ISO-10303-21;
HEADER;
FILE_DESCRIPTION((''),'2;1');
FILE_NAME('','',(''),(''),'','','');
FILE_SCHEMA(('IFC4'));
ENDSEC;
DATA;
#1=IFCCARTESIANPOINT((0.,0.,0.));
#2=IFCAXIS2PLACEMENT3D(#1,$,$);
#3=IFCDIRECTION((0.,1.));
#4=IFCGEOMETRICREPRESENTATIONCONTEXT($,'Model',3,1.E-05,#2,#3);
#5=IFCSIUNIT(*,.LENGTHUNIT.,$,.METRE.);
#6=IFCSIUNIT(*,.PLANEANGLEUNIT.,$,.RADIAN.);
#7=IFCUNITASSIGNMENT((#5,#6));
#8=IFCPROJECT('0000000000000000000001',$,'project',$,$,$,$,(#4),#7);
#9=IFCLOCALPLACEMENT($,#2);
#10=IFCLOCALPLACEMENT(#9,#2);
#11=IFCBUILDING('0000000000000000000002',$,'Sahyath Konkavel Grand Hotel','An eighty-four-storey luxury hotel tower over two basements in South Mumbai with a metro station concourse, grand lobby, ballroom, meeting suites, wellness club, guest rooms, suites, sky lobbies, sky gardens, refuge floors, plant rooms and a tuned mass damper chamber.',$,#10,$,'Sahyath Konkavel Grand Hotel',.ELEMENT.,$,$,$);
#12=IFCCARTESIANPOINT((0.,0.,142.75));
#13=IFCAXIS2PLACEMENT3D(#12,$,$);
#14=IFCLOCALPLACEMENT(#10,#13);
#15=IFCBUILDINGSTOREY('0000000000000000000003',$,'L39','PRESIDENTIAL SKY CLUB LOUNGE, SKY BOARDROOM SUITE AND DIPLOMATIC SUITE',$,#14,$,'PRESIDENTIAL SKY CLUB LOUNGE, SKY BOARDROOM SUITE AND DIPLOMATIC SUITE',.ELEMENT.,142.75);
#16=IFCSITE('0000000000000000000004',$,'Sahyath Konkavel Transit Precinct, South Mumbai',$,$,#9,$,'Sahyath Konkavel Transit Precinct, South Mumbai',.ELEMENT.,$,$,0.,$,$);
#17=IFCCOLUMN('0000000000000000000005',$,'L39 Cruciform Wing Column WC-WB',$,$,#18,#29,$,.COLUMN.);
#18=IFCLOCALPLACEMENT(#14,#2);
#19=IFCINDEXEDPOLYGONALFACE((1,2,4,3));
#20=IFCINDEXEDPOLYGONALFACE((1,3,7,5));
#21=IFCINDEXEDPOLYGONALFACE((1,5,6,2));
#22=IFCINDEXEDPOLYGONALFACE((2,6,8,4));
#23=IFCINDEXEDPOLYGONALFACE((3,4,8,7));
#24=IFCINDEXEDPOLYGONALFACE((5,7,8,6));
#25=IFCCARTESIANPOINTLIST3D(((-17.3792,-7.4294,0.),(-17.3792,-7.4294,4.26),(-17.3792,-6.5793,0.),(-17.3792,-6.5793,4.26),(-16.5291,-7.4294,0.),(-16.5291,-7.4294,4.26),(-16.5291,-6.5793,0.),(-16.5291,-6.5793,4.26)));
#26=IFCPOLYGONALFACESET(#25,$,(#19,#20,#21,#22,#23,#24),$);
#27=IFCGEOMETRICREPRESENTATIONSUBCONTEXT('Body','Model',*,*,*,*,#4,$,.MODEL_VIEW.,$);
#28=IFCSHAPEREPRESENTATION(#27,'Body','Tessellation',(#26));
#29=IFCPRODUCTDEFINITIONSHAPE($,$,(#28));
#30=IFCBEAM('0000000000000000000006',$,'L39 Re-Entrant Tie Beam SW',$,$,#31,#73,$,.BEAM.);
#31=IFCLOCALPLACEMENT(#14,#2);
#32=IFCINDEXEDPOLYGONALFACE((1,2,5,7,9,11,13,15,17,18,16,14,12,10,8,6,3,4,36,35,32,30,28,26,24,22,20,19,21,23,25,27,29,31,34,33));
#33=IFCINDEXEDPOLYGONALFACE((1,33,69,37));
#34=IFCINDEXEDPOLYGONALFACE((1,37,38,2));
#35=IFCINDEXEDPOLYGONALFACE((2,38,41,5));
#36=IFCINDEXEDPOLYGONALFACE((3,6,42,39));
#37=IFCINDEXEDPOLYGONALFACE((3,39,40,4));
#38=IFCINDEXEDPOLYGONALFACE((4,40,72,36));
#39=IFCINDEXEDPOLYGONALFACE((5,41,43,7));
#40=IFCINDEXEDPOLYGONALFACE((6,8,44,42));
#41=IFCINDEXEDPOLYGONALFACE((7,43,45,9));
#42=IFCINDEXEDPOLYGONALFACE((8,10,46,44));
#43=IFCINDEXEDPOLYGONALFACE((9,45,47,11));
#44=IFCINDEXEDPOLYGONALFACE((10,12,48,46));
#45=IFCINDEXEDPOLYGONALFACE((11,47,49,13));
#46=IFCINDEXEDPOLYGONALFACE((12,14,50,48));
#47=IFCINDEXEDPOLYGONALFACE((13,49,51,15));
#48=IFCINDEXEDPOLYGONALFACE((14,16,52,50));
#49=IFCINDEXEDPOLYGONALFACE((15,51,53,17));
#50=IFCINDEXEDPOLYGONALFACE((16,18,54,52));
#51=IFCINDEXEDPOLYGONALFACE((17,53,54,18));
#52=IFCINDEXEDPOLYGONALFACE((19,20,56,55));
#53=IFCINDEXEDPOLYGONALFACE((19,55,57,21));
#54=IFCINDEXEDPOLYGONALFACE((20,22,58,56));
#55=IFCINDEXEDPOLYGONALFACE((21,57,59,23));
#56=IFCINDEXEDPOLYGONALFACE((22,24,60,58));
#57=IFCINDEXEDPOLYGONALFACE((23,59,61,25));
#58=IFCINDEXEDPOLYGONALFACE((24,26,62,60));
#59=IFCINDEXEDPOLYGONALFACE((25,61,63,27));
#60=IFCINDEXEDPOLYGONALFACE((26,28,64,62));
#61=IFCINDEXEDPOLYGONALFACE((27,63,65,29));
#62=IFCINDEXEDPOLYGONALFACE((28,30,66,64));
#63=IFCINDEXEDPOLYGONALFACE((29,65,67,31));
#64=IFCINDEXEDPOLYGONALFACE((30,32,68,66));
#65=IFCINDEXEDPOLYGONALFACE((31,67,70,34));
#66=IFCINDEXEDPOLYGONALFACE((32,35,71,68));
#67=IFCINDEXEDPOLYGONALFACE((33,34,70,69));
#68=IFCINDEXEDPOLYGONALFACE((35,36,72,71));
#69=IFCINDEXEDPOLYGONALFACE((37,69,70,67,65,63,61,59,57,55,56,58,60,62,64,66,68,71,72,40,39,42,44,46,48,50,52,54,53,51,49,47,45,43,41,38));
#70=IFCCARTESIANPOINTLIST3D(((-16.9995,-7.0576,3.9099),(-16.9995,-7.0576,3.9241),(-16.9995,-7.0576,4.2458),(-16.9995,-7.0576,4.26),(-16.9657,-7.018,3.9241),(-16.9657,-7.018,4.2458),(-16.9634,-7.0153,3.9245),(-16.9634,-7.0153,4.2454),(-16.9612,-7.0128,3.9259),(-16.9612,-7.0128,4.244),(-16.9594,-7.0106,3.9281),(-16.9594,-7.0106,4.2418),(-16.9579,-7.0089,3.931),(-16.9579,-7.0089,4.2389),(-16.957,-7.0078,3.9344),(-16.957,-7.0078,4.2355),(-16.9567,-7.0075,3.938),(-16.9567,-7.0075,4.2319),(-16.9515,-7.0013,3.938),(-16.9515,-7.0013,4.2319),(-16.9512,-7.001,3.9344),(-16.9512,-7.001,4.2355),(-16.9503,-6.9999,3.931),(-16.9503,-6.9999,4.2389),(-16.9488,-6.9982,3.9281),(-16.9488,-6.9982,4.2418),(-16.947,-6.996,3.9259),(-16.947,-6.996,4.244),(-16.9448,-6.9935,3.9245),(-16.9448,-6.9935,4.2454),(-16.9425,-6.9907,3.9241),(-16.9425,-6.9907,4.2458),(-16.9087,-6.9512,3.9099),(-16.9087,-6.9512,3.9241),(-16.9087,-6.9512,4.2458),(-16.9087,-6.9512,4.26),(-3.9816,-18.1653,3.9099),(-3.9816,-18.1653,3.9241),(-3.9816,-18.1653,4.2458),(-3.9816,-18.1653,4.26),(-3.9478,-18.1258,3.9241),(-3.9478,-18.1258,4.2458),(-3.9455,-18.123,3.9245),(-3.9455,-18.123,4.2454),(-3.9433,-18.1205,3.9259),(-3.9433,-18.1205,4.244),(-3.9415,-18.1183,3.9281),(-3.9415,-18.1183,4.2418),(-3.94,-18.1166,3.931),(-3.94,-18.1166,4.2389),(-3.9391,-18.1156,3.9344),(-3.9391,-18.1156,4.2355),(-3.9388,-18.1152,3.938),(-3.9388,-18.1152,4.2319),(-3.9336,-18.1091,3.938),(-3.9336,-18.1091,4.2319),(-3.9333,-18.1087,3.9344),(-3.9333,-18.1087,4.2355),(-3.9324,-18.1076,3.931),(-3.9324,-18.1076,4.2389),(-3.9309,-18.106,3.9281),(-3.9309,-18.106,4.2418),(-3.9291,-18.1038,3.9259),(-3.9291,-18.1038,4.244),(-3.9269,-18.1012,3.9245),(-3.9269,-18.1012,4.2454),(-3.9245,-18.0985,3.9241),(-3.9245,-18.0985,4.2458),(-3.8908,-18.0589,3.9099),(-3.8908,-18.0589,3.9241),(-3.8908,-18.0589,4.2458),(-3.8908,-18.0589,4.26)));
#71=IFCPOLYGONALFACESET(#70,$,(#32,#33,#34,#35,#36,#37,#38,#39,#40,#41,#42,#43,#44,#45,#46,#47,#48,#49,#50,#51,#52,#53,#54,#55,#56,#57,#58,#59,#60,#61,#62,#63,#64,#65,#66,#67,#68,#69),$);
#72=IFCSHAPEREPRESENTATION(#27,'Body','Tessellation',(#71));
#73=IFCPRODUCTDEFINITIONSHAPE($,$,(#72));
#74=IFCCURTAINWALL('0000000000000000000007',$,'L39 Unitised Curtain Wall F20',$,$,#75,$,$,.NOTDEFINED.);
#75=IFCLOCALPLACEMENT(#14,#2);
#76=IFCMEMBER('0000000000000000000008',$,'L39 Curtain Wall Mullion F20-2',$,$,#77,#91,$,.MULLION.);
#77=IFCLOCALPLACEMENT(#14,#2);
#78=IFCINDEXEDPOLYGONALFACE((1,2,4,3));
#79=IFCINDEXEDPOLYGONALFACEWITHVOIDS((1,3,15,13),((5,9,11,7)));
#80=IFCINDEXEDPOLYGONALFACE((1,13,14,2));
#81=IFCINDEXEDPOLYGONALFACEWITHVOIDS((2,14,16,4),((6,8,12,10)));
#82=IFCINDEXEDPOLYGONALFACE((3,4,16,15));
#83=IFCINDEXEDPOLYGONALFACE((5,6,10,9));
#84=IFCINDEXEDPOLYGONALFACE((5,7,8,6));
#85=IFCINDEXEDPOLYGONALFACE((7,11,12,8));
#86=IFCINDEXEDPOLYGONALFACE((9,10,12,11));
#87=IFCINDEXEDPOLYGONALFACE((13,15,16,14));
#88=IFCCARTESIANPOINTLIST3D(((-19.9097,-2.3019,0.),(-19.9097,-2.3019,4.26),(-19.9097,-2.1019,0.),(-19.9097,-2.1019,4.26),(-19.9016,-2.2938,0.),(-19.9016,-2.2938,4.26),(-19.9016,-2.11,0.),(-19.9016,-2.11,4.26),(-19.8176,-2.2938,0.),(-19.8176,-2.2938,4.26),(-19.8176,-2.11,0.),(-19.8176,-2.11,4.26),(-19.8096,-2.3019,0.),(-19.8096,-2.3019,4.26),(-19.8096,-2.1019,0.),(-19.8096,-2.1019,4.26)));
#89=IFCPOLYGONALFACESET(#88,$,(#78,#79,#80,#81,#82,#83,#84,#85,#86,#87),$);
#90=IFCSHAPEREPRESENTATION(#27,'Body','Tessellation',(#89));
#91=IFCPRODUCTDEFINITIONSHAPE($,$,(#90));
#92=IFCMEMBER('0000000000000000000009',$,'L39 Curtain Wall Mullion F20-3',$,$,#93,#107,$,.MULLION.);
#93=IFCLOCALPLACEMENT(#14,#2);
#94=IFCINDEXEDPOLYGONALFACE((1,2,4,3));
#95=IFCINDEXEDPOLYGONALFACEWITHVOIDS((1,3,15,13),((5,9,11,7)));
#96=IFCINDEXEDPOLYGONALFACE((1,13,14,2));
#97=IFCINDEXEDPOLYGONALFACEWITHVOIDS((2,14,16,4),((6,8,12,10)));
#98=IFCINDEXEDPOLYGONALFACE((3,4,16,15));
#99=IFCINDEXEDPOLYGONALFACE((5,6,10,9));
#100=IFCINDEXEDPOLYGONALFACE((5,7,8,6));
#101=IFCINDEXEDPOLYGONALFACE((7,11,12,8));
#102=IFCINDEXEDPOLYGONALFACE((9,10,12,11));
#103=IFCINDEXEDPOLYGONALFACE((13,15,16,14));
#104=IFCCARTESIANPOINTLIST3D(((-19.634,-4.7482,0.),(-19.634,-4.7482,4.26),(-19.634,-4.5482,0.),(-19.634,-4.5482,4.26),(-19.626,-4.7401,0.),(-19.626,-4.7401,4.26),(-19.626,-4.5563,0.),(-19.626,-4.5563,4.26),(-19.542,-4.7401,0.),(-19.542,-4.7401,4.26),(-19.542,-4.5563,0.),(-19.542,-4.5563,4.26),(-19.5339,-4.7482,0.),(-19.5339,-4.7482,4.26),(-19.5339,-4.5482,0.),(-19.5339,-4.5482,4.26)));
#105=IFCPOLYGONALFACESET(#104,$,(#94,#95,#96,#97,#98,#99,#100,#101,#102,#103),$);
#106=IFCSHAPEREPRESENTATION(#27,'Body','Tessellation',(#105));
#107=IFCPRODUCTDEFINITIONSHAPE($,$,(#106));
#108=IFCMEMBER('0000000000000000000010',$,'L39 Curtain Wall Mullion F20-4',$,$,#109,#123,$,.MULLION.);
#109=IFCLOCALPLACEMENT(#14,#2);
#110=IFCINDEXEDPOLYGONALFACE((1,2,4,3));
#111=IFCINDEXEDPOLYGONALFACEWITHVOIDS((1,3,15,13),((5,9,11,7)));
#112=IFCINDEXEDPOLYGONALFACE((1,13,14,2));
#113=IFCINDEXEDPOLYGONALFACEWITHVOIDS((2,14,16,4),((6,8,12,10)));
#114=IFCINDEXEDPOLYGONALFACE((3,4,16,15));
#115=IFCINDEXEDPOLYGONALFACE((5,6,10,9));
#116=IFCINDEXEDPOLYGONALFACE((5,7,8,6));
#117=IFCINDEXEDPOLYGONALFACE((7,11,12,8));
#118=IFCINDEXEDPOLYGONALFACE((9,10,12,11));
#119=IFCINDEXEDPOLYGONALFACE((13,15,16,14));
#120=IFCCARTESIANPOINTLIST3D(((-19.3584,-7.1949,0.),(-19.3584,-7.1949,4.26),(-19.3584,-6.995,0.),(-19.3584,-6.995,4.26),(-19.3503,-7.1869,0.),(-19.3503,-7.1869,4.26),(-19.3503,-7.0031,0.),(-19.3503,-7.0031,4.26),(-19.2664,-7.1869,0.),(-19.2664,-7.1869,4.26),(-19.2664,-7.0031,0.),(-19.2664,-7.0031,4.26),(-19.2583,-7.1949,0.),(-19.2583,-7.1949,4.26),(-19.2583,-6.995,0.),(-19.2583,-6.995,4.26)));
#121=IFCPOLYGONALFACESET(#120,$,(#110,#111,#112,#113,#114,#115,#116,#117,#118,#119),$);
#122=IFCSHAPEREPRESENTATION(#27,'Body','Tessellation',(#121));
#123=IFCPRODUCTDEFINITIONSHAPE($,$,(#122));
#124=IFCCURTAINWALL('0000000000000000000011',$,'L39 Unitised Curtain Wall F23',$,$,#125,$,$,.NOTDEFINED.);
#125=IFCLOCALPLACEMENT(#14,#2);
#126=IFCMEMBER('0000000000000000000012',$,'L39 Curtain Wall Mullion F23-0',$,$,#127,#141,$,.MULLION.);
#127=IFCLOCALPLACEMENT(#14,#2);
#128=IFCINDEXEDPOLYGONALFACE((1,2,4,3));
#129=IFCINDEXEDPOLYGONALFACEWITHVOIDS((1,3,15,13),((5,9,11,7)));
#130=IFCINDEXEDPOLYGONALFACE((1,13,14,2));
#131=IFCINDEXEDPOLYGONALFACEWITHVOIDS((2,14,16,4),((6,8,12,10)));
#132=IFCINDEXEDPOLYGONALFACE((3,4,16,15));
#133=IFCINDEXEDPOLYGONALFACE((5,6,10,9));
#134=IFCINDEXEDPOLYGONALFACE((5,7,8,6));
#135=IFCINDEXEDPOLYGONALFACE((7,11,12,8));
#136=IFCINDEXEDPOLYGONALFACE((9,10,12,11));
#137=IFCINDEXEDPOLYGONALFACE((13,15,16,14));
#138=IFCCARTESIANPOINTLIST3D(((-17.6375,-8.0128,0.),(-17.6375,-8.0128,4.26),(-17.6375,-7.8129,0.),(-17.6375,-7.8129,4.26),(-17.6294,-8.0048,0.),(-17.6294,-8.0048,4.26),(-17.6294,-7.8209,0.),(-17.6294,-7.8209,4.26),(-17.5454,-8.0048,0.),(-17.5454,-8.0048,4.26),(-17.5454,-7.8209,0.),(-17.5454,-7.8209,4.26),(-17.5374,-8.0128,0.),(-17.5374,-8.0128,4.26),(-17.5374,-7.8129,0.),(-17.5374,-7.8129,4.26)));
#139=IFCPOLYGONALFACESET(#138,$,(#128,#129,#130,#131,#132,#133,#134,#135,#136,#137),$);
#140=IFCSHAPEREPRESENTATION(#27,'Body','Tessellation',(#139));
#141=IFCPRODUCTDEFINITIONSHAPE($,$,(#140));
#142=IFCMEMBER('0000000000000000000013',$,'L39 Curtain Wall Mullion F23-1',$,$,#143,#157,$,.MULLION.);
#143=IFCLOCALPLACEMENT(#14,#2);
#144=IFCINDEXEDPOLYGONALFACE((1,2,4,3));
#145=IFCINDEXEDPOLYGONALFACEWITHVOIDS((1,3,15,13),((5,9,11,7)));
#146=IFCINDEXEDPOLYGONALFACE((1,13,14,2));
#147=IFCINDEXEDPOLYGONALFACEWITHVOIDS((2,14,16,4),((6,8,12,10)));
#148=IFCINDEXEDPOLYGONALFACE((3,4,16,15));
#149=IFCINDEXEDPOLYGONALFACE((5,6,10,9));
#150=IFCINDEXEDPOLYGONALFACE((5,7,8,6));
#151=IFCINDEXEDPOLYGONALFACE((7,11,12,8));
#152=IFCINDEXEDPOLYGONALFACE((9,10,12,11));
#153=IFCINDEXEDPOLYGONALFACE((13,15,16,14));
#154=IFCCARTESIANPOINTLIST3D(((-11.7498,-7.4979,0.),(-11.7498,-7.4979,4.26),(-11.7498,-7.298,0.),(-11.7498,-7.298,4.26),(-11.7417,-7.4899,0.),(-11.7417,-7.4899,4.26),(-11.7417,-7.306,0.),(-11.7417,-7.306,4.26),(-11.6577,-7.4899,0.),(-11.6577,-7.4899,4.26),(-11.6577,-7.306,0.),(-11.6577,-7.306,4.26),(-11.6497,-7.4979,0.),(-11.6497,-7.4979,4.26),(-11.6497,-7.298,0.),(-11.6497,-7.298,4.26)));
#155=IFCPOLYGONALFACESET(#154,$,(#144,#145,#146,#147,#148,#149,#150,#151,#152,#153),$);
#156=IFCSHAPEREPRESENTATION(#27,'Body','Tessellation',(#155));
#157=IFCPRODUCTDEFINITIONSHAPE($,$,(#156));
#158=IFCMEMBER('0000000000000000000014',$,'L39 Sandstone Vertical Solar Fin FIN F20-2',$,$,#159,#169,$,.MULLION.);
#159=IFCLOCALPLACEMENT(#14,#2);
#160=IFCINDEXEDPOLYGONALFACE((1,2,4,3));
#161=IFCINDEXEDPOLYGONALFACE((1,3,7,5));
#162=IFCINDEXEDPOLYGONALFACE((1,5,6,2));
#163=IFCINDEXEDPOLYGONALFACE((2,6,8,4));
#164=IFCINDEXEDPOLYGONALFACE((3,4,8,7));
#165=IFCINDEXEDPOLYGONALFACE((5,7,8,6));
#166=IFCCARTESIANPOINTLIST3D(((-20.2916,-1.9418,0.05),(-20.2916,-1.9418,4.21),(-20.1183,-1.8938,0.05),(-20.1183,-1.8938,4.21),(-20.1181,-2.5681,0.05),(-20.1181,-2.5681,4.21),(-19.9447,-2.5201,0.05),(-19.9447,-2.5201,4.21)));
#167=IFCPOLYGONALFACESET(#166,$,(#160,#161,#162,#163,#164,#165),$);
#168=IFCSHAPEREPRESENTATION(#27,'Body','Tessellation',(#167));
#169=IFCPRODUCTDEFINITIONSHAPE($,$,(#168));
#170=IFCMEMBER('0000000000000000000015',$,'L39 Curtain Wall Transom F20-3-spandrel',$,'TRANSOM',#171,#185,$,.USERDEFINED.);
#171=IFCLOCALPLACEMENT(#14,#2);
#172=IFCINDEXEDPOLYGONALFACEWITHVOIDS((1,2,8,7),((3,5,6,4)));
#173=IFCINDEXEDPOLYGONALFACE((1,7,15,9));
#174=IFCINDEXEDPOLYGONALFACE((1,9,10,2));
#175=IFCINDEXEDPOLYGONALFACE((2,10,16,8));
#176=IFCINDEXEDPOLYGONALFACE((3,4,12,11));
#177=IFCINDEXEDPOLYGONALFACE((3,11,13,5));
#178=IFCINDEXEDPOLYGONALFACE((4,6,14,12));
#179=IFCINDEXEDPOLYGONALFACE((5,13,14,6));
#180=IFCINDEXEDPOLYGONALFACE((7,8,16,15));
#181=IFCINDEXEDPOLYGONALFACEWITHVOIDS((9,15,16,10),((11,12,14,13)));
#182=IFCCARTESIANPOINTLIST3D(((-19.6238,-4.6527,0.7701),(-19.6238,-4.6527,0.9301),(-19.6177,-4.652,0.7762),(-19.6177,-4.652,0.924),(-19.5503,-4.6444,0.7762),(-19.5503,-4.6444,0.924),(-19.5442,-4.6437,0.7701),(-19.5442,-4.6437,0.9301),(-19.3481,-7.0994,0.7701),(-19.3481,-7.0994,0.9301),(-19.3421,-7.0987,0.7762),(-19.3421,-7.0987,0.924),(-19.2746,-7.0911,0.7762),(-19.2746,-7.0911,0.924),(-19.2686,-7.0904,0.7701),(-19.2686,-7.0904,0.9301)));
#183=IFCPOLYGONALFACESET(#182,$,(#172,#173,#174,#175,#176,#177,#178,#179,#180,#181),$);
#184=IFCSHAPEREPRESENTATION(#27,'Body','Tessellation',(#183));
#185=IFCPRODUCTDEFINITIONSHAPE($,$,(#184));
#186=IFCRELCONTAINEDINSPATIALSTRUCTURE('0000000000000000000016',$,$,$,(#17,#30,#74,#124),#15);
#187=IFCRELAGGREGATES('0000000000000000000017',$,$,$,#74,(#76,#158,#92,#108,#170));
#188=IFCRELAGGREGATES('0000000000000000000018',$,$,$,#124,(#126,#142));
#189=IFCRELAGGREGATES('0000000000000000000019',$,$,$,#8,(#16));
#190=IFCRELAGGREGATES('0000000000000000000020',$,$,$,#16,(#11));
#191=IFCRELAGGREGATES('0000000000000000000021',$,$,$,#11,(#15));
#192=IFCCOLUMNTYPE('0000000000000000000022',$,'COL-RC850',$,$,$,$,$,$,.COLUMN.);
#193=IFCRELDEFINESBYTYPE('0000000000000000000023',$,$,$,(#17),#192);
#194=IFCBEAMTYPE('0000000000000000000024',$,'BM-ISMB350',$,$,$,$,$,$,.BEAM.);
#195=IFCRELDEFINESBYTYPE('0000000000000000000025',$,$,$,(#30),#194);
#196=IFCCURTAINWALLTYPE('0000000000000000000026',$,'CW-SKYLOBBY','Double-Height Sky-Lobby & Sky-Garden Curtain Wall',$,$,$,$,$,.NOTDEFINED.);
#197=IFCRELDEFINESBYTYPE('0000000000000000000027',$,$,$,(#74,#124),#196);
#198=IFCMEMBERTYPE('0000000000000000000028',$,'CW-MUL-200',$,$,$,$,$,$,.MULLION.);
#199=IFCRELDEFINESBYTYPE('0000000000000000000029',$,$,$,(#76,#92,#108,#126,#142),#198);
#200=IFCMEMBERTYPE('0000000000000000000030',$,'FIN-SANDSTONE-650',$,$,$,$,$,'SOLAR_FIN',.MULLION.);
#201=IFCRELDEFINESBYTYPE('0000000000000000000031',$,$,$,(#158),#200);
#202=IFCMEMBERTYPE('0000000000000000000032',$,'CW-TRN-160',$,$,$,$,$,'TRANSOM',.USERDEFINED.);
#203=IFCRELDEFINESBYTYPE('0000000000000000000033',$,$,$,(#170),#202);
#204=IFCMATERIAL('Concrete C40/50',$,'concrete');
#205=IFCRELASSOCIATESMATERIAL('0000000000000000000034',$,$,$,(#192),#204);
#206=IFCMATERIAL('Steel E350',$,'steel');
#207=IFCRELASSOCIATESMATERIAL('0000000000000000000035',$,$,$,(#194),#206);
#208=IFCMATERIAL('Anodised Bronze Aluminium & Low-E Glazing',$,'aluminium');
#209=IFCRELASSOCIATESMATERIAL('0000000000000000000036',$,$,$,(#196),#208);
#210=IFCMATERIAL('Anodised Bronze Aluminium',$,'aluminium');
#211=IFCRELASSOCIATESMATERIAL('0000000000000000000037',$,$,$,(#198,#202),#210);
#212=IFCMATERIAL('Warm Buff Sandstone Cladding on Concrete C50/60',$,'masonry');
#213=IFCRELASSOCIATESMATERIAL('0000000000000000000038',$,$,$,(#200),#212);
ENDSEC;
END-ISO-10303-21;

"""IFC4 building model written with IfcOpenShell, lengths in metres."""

from ifc_helpers import new_model, si_unit, direction, frame, origin, origin_2d, place, context, subcontext, project, spatial, rectangle, hollow_rectangle, i_section, extrude, source, transform, mapped, material, material_profile, profile_set, type_object, element, aggregate, save


model = new_model("IFC4")

# Units and contexts
model_context = context("Model", 3, precision=1e-05, world=origin(), true_north=direction((0.0, 1.0)))
body_context = subcontext(model_context, "Body", "Model", "MODEL_VIEW")
ifc_project = project(units=[si_unit("LENGTHUNIT", "METRE"), si_unit("PLANEANGLEUNIT", "RADIAN")], contexts=[model_context])

# Site, building, storey
site_placement = place(None, origin())
site = spatial("IfcSite", under=ifc_project, at=site_placement, Name="Sahyath Konkavel Transit Precinct, South Mumbai", LongName="Sahyath Konkavel Transit Precinct, South Mumbai", CompositionType="ELEMENT", RefElevation=0.0)
building_placement = place(site_placement, origin())
building = spatial("IfcBuilding", under=site, at=building_placement, Name="Sahyath Konkavel Grand Hotel", Description="An eighty-four-storey luxury hotel tower over two basements in South Mumbai with a metro station concourse, grand lobby, ballroom, meeting suites, wellness club, guest rooms, suites, sky lobbies, sky gardens, refuge floors, plant rooms and a tuned mass damper chamber.", LongName="Sahyath Konkavel Grand Hotel", CompositionType="ELEMENT")
storey_placement = place(building_placement, frame((0.0, 0.0, 142.75)))
storey = spatial("IfcBuildingStorey", under=building, at=storey_placement, Name="L39", Description="PRESIDENTIAL SKY CLUB LOUNGE, SKY BOARDROOM SUITE AND DIPLOMATIC SUITE", LongName="PRESIDENTIAL SKY CLUB LOUNGE, SKY BOARDROOM SUITE AND DIPLOMATIC SUITE", CompositionType="ELEMENT", Elevation=142.75)

# Column
ifc_material_1 = material(Name="Concrete C40/50", Category="concrete")
ifc_material_profile_1 = material_profile(ifc_material_1, rectangle(XDim=0.8501, YDim=0.8501, at=origin_2d()), Name="RC 850x850")
ifc_profile_set_1 = profile_set([ifc_material_profile_1], Name="Concrete C40/50")
column_type = type_object("IfcColumnType", Name="COL-RC850", PredefinedType="COLUMN", material=ifc_profile_set_1)
shared_shape_1 = source(origin(), body_context, "Body", "SweptSolid", [
    extrude(rectangle(XDim=0.8501, YDim=0.8501, at=origin_2d()), origin(), (0.0, 0.0, 1.0), 4.26),
])
column_placement = place(storey_placement, frame((-16.9541, -7.0044, 0.0), z_axis=(0.0, 0.0, 1.0), x_axis=(1.0, 0.0, 0.0)))
element("IfcColumn", 1, at=column_placement, inside=storey, type_object=column_type, Name="L39 Cruciform Wing Column WC-WB", PredefinedType="COLUMN", context=body_context, shape_type="MappedRepresentation", body=[
    mapped(shared_shape_1, transform((0.0, 0.0, 0.0), scale=1.0)),
])

# Beam
ifc_material_2 = material(Name="Steel E350", Category="steel")
ifc_material_profile_2 = material_profile(ifc_material_2, i_section(OverallWidth=0.1399, OverallDepth=0.3501, WebThickness=0.0081, FlangeThickness=0.0142, FilletRadius=0.0139, at=origin_2d()), Name="ISMB 350")
ifc_profile_set_2 = profile_set([ifc_material_profile_2], Name="Steel E350")
beam_type = type_object("IfcBeamType", Name="BM-ISMB350", PredefinedType="BEAM", material=ifc_profile_set_2)
shared_shape_2 = source(origin(), body_context, "Body", "SweptSolid", [
    extrude(i_section(OverallWidth=0.1399, OverallDepth=0.3501, WebThickness=0.0081, FlangeThickness=0.0142, FilletRadius=0.0139, at=origin_2d()), origin(), (0.0, 0.0, 1.0), 17.1128),
])
beam_placement = place(storey_placement, frame((-16.9541, -7.0044, 4.085), z_axis=(0.760712, -0.64909, 0.0), x_axis=(0.64909, 0.760712, 0.0)))
element("IfcBeam", 2, at=beam_placement, inside=storey, type_object=beam_type, Name="L39 Re-Entrant Tie Beam SW", PredefinedType="BEAM", context=body_context, shape_type="MappedRepresentation", body=[
    mapped(shared_shape_2, transform((0.0, 0.0, 0.0), scale=1.0)),
])

# Curtain walls, members
ifc_material_3 = material(Name="Anodised Bronze Aluminium & Low-E Glazing", Category="aluminium")
curtain_wall_type = type_object("IfcCurtainWallType", Name="CW-SKYLOBBY", Description="Double-Height Sky-Lobby & Sky-Garden Curtain Wall", PredefinedType="NOTDEFINED", material=ifc_material_3)
curtain_wall_1_placement = place(storey_placement, origin())
curtain_wall_1 = element("IfcCurtainWall", 3, at=curtain_wall_1_placement, inside=storey, type_object=curtain_wall_type, Name="L39 Unitised Curtain Wall F20", PredefinedType="NOTDEFINED")
ifc_material_4 = material(Name="Anodised Bronze Aluminium", Category="aluminium")
ifc_material_profile_3 = material_profile(ifc_material_4, hollow_rectangle(XDim=0.1001, YDim=0.2, WallThickness=0.0081, at=origin_2d()), Name="RHS 200x100x8")
ifc_profile_set_3 = profile_set([ifc_material_profile_3], Name="Anodised Bronze Aluminium")
member_type_1 = type_object("IfcMemberType", Name="CW-MUL-200", PredefinedType="MULLION", material=ifc_profile_set_3)
shared_shape_3 = source(origin(), body_context, "Body", "SweptSolid", [
    extrude(hollow_rectangle(XDim=0.1001, YDim=0.2, WallThickness=0.0081, at=origin_2d()), origin(), (0.0, 0.0, 1.0), 4.26),
])
member_1_placement = place(storey_placement, frame((-19.8596, -2.2019, 0.0), z_axis=(0.0, 0.0, 1.0), x_axis=(1.0, 0.0, 0.0)))
member_1 = element("IfcMember", 4, at=member_1_placement, type_object=member_type_1, Name="L39 Curtain Wall Mullion F20-2", PredefinedType="MULLION", context=body_context, shape_type="MappedRepresentation", body=[
    mapped(shared_shape_3, transform((0.0, 0.0, 0.0), scale=1.0)),
])
member_2_placement = place(storey_placement, frame((-19.584, -4.6482, 0.0), z_axis=(0.0, 0.0, 1.0), x_axis=(1.0, 0.0, 0.0)))
member_2 = element("IfcMember", 5, at=member_2_placement, type_object=member_type_1, Name="L39 Curtain Wall Mullion F20-3", PredefinedType="MULLION", context=body_context, shape_type="MappedRepresentation", body=[
    mapped(shared_shape_3, transform((0.0, 0.0, 0.0), scale=1.0)),
])
member_3_placement = place(storey_placement, frame((-19.3083, -7.095, 0.0), z_axis=(0.0, 0.0, 1.0), x_axis=(1.0, 0.0, 0.0)))
member_3 = element("IfcMember", 6, at=member_3_placement, type_object=member_type_1, Name="L39 Curtain Wall Mullion F20-4", PredefinedType="MULLION", context=body_context, shape_type="MappedRepresentation", body=[
    mapped(shared_shape_3, transform((0.0, 0.0, 0.0), scale=1.0)),
])
curtain_wall_2_placement = place(storey_placement, origin())
curtain_wall_2 = element("IfcCurtainWall", 7, at=curtain_wall_2_placement, inside=storey, type_object=curtain_wall_type, Name="L39 Unitised Curtain Wall F23", PredefinedType="NOTDEFINED")
member_4_placement = place(storey_placement, frame((-17.5874, -7.9128, 0.0), z_axis=(0.0, 0.0, 1.0), x_axis=(1.0, 0.0, 0.0)))
member_4 = element("IfcMember", 8, at=member_4_placement, type_object=member_type_1, Name="L39 Curtain Wall Mullion F23-0", PredefinedType="MULLION", context=body_context, shape_type="MappedRepresentation", body=[
    mapped(shared_shape_3, transform((0.0, 0.0, 0.0), scale=1.0)),
])
member_5_placement = place(storey_placement, frame((-11.6997, -7.3979, 0.0), z_axis=(0.0, 0.0, 1.0), x_axis=(1.0, 0.0, 0.0)))
member_5 = element("IfcMember", 9, at=member_5_placement, type_object=member_type_1, Name="L39 Curtain Wall Mullion F23-1", PredefinedType="MULLION", context=body_context, shape_type="MappedRepresentation", body=[
    mapped(shared_shape_3, transform((0.0, 0.0, 0.0), scale=1.0)),
])

# Members
ifc_material_5 = material(Name="Warm Buff Sandstone Cladding on Concrete C50/60", Category="masonry")
ifc_material_profile_4 = material_profile(ifc_material_5, rectangle(XDim=0.1799, YDim=0.6499, at=origin_2d()), Name="FIN 180x650")
ifc_profile_set_4 = profile_set([ifc_material_profile_4], Name="Warm Buff Sandstone Cladding on Concrete C50/60")
member_type_2 = type_object("IfcMemberType", Name="FIN-SANDSTONE-650", ElementType="SOLAR_FIN", PredefinedType="MULLION", material=ifc_profile_set_4)
shared_shape_4 = source(origin(), body_context, "Body", "SweptSolid", [
    extrude(rectangle(XDim=0.1799, YDim=0.6499, at=origin_2d()), origin(), (0.0, 0.0, 1.0), 4.1599),
])
member_6_placement = place(storey_placement, frame((-20.1182, -2.231, 0.05), z_axis=(0.0, 0.0, 1.0), x_axis=(0.963677, 0.26707, 0.0)))
member_6 = element("IfcMember", 10, at=member_6_placement, type_object=member_type_2, Name="L39 Sandstone Vertical Solar Fin FIN F20-2", PredefinedType="MULLION", context=body_context, shape_type="MappedRepresentation", body=[
    mapped(shared_shape_4, transform((0.0, 0.0, 0.0), scale=1.0)),
])
ifc_material_profile_5 = material_profile(ifc_material_4, hollow_rectangle(XDim=0.0801, YDim=0.1599, WallThickness=0.0061, at=origin_2d()), Name="RHS 160x80x6")
ifc_profile_set_5 = profile_set([ifc_material_profile_5], Name="Anodised Bronze Aluminium")
member_type_3 = type_object("IfcMemberType", Name="CW-TRN-160", ElementType="TRANSOM", PredefinedType="USERDEFINED", material=ifc_profile_set_5)
shared_shape_5 = source(origin(), body_context, "Body", "SweptSolid", [
    extrude(hollow_rectangle(XDim=0.0801, YDim=0.1599, WallThickness=0.0061, at=origin_2d()), origin(), (0.0, 0.0, 1.0), 2.4622),
])
member_7_placement = place(storey_placement, frame((-19.584, -4.6482, 0.8501), z_axis=(0.111944, -0.993715, 0.0), x_axis=(0.993715, 0.111944, 0.0)))
member_7 = element("IfcMember", 11, at=member_7_placement, type_object=member_type_3, Name="L39 Curtain Wall Transom F20-3-spandrel", ObjectType="TRANSOM", PredefinedType="USERDEFINED", context=body_context, shape_type="MappedRepresentation", body=[
    mapped(shared_shape_5, transform((0.0, 0.0, 0.0), scale=1.0)),
])

aggregate(curtain_wall_1, [member_1, member_6, member_2, member_3, member_7])
aggregate(curtain_wall_2, [member_4, member_5])

save(model, "model.ifc")
